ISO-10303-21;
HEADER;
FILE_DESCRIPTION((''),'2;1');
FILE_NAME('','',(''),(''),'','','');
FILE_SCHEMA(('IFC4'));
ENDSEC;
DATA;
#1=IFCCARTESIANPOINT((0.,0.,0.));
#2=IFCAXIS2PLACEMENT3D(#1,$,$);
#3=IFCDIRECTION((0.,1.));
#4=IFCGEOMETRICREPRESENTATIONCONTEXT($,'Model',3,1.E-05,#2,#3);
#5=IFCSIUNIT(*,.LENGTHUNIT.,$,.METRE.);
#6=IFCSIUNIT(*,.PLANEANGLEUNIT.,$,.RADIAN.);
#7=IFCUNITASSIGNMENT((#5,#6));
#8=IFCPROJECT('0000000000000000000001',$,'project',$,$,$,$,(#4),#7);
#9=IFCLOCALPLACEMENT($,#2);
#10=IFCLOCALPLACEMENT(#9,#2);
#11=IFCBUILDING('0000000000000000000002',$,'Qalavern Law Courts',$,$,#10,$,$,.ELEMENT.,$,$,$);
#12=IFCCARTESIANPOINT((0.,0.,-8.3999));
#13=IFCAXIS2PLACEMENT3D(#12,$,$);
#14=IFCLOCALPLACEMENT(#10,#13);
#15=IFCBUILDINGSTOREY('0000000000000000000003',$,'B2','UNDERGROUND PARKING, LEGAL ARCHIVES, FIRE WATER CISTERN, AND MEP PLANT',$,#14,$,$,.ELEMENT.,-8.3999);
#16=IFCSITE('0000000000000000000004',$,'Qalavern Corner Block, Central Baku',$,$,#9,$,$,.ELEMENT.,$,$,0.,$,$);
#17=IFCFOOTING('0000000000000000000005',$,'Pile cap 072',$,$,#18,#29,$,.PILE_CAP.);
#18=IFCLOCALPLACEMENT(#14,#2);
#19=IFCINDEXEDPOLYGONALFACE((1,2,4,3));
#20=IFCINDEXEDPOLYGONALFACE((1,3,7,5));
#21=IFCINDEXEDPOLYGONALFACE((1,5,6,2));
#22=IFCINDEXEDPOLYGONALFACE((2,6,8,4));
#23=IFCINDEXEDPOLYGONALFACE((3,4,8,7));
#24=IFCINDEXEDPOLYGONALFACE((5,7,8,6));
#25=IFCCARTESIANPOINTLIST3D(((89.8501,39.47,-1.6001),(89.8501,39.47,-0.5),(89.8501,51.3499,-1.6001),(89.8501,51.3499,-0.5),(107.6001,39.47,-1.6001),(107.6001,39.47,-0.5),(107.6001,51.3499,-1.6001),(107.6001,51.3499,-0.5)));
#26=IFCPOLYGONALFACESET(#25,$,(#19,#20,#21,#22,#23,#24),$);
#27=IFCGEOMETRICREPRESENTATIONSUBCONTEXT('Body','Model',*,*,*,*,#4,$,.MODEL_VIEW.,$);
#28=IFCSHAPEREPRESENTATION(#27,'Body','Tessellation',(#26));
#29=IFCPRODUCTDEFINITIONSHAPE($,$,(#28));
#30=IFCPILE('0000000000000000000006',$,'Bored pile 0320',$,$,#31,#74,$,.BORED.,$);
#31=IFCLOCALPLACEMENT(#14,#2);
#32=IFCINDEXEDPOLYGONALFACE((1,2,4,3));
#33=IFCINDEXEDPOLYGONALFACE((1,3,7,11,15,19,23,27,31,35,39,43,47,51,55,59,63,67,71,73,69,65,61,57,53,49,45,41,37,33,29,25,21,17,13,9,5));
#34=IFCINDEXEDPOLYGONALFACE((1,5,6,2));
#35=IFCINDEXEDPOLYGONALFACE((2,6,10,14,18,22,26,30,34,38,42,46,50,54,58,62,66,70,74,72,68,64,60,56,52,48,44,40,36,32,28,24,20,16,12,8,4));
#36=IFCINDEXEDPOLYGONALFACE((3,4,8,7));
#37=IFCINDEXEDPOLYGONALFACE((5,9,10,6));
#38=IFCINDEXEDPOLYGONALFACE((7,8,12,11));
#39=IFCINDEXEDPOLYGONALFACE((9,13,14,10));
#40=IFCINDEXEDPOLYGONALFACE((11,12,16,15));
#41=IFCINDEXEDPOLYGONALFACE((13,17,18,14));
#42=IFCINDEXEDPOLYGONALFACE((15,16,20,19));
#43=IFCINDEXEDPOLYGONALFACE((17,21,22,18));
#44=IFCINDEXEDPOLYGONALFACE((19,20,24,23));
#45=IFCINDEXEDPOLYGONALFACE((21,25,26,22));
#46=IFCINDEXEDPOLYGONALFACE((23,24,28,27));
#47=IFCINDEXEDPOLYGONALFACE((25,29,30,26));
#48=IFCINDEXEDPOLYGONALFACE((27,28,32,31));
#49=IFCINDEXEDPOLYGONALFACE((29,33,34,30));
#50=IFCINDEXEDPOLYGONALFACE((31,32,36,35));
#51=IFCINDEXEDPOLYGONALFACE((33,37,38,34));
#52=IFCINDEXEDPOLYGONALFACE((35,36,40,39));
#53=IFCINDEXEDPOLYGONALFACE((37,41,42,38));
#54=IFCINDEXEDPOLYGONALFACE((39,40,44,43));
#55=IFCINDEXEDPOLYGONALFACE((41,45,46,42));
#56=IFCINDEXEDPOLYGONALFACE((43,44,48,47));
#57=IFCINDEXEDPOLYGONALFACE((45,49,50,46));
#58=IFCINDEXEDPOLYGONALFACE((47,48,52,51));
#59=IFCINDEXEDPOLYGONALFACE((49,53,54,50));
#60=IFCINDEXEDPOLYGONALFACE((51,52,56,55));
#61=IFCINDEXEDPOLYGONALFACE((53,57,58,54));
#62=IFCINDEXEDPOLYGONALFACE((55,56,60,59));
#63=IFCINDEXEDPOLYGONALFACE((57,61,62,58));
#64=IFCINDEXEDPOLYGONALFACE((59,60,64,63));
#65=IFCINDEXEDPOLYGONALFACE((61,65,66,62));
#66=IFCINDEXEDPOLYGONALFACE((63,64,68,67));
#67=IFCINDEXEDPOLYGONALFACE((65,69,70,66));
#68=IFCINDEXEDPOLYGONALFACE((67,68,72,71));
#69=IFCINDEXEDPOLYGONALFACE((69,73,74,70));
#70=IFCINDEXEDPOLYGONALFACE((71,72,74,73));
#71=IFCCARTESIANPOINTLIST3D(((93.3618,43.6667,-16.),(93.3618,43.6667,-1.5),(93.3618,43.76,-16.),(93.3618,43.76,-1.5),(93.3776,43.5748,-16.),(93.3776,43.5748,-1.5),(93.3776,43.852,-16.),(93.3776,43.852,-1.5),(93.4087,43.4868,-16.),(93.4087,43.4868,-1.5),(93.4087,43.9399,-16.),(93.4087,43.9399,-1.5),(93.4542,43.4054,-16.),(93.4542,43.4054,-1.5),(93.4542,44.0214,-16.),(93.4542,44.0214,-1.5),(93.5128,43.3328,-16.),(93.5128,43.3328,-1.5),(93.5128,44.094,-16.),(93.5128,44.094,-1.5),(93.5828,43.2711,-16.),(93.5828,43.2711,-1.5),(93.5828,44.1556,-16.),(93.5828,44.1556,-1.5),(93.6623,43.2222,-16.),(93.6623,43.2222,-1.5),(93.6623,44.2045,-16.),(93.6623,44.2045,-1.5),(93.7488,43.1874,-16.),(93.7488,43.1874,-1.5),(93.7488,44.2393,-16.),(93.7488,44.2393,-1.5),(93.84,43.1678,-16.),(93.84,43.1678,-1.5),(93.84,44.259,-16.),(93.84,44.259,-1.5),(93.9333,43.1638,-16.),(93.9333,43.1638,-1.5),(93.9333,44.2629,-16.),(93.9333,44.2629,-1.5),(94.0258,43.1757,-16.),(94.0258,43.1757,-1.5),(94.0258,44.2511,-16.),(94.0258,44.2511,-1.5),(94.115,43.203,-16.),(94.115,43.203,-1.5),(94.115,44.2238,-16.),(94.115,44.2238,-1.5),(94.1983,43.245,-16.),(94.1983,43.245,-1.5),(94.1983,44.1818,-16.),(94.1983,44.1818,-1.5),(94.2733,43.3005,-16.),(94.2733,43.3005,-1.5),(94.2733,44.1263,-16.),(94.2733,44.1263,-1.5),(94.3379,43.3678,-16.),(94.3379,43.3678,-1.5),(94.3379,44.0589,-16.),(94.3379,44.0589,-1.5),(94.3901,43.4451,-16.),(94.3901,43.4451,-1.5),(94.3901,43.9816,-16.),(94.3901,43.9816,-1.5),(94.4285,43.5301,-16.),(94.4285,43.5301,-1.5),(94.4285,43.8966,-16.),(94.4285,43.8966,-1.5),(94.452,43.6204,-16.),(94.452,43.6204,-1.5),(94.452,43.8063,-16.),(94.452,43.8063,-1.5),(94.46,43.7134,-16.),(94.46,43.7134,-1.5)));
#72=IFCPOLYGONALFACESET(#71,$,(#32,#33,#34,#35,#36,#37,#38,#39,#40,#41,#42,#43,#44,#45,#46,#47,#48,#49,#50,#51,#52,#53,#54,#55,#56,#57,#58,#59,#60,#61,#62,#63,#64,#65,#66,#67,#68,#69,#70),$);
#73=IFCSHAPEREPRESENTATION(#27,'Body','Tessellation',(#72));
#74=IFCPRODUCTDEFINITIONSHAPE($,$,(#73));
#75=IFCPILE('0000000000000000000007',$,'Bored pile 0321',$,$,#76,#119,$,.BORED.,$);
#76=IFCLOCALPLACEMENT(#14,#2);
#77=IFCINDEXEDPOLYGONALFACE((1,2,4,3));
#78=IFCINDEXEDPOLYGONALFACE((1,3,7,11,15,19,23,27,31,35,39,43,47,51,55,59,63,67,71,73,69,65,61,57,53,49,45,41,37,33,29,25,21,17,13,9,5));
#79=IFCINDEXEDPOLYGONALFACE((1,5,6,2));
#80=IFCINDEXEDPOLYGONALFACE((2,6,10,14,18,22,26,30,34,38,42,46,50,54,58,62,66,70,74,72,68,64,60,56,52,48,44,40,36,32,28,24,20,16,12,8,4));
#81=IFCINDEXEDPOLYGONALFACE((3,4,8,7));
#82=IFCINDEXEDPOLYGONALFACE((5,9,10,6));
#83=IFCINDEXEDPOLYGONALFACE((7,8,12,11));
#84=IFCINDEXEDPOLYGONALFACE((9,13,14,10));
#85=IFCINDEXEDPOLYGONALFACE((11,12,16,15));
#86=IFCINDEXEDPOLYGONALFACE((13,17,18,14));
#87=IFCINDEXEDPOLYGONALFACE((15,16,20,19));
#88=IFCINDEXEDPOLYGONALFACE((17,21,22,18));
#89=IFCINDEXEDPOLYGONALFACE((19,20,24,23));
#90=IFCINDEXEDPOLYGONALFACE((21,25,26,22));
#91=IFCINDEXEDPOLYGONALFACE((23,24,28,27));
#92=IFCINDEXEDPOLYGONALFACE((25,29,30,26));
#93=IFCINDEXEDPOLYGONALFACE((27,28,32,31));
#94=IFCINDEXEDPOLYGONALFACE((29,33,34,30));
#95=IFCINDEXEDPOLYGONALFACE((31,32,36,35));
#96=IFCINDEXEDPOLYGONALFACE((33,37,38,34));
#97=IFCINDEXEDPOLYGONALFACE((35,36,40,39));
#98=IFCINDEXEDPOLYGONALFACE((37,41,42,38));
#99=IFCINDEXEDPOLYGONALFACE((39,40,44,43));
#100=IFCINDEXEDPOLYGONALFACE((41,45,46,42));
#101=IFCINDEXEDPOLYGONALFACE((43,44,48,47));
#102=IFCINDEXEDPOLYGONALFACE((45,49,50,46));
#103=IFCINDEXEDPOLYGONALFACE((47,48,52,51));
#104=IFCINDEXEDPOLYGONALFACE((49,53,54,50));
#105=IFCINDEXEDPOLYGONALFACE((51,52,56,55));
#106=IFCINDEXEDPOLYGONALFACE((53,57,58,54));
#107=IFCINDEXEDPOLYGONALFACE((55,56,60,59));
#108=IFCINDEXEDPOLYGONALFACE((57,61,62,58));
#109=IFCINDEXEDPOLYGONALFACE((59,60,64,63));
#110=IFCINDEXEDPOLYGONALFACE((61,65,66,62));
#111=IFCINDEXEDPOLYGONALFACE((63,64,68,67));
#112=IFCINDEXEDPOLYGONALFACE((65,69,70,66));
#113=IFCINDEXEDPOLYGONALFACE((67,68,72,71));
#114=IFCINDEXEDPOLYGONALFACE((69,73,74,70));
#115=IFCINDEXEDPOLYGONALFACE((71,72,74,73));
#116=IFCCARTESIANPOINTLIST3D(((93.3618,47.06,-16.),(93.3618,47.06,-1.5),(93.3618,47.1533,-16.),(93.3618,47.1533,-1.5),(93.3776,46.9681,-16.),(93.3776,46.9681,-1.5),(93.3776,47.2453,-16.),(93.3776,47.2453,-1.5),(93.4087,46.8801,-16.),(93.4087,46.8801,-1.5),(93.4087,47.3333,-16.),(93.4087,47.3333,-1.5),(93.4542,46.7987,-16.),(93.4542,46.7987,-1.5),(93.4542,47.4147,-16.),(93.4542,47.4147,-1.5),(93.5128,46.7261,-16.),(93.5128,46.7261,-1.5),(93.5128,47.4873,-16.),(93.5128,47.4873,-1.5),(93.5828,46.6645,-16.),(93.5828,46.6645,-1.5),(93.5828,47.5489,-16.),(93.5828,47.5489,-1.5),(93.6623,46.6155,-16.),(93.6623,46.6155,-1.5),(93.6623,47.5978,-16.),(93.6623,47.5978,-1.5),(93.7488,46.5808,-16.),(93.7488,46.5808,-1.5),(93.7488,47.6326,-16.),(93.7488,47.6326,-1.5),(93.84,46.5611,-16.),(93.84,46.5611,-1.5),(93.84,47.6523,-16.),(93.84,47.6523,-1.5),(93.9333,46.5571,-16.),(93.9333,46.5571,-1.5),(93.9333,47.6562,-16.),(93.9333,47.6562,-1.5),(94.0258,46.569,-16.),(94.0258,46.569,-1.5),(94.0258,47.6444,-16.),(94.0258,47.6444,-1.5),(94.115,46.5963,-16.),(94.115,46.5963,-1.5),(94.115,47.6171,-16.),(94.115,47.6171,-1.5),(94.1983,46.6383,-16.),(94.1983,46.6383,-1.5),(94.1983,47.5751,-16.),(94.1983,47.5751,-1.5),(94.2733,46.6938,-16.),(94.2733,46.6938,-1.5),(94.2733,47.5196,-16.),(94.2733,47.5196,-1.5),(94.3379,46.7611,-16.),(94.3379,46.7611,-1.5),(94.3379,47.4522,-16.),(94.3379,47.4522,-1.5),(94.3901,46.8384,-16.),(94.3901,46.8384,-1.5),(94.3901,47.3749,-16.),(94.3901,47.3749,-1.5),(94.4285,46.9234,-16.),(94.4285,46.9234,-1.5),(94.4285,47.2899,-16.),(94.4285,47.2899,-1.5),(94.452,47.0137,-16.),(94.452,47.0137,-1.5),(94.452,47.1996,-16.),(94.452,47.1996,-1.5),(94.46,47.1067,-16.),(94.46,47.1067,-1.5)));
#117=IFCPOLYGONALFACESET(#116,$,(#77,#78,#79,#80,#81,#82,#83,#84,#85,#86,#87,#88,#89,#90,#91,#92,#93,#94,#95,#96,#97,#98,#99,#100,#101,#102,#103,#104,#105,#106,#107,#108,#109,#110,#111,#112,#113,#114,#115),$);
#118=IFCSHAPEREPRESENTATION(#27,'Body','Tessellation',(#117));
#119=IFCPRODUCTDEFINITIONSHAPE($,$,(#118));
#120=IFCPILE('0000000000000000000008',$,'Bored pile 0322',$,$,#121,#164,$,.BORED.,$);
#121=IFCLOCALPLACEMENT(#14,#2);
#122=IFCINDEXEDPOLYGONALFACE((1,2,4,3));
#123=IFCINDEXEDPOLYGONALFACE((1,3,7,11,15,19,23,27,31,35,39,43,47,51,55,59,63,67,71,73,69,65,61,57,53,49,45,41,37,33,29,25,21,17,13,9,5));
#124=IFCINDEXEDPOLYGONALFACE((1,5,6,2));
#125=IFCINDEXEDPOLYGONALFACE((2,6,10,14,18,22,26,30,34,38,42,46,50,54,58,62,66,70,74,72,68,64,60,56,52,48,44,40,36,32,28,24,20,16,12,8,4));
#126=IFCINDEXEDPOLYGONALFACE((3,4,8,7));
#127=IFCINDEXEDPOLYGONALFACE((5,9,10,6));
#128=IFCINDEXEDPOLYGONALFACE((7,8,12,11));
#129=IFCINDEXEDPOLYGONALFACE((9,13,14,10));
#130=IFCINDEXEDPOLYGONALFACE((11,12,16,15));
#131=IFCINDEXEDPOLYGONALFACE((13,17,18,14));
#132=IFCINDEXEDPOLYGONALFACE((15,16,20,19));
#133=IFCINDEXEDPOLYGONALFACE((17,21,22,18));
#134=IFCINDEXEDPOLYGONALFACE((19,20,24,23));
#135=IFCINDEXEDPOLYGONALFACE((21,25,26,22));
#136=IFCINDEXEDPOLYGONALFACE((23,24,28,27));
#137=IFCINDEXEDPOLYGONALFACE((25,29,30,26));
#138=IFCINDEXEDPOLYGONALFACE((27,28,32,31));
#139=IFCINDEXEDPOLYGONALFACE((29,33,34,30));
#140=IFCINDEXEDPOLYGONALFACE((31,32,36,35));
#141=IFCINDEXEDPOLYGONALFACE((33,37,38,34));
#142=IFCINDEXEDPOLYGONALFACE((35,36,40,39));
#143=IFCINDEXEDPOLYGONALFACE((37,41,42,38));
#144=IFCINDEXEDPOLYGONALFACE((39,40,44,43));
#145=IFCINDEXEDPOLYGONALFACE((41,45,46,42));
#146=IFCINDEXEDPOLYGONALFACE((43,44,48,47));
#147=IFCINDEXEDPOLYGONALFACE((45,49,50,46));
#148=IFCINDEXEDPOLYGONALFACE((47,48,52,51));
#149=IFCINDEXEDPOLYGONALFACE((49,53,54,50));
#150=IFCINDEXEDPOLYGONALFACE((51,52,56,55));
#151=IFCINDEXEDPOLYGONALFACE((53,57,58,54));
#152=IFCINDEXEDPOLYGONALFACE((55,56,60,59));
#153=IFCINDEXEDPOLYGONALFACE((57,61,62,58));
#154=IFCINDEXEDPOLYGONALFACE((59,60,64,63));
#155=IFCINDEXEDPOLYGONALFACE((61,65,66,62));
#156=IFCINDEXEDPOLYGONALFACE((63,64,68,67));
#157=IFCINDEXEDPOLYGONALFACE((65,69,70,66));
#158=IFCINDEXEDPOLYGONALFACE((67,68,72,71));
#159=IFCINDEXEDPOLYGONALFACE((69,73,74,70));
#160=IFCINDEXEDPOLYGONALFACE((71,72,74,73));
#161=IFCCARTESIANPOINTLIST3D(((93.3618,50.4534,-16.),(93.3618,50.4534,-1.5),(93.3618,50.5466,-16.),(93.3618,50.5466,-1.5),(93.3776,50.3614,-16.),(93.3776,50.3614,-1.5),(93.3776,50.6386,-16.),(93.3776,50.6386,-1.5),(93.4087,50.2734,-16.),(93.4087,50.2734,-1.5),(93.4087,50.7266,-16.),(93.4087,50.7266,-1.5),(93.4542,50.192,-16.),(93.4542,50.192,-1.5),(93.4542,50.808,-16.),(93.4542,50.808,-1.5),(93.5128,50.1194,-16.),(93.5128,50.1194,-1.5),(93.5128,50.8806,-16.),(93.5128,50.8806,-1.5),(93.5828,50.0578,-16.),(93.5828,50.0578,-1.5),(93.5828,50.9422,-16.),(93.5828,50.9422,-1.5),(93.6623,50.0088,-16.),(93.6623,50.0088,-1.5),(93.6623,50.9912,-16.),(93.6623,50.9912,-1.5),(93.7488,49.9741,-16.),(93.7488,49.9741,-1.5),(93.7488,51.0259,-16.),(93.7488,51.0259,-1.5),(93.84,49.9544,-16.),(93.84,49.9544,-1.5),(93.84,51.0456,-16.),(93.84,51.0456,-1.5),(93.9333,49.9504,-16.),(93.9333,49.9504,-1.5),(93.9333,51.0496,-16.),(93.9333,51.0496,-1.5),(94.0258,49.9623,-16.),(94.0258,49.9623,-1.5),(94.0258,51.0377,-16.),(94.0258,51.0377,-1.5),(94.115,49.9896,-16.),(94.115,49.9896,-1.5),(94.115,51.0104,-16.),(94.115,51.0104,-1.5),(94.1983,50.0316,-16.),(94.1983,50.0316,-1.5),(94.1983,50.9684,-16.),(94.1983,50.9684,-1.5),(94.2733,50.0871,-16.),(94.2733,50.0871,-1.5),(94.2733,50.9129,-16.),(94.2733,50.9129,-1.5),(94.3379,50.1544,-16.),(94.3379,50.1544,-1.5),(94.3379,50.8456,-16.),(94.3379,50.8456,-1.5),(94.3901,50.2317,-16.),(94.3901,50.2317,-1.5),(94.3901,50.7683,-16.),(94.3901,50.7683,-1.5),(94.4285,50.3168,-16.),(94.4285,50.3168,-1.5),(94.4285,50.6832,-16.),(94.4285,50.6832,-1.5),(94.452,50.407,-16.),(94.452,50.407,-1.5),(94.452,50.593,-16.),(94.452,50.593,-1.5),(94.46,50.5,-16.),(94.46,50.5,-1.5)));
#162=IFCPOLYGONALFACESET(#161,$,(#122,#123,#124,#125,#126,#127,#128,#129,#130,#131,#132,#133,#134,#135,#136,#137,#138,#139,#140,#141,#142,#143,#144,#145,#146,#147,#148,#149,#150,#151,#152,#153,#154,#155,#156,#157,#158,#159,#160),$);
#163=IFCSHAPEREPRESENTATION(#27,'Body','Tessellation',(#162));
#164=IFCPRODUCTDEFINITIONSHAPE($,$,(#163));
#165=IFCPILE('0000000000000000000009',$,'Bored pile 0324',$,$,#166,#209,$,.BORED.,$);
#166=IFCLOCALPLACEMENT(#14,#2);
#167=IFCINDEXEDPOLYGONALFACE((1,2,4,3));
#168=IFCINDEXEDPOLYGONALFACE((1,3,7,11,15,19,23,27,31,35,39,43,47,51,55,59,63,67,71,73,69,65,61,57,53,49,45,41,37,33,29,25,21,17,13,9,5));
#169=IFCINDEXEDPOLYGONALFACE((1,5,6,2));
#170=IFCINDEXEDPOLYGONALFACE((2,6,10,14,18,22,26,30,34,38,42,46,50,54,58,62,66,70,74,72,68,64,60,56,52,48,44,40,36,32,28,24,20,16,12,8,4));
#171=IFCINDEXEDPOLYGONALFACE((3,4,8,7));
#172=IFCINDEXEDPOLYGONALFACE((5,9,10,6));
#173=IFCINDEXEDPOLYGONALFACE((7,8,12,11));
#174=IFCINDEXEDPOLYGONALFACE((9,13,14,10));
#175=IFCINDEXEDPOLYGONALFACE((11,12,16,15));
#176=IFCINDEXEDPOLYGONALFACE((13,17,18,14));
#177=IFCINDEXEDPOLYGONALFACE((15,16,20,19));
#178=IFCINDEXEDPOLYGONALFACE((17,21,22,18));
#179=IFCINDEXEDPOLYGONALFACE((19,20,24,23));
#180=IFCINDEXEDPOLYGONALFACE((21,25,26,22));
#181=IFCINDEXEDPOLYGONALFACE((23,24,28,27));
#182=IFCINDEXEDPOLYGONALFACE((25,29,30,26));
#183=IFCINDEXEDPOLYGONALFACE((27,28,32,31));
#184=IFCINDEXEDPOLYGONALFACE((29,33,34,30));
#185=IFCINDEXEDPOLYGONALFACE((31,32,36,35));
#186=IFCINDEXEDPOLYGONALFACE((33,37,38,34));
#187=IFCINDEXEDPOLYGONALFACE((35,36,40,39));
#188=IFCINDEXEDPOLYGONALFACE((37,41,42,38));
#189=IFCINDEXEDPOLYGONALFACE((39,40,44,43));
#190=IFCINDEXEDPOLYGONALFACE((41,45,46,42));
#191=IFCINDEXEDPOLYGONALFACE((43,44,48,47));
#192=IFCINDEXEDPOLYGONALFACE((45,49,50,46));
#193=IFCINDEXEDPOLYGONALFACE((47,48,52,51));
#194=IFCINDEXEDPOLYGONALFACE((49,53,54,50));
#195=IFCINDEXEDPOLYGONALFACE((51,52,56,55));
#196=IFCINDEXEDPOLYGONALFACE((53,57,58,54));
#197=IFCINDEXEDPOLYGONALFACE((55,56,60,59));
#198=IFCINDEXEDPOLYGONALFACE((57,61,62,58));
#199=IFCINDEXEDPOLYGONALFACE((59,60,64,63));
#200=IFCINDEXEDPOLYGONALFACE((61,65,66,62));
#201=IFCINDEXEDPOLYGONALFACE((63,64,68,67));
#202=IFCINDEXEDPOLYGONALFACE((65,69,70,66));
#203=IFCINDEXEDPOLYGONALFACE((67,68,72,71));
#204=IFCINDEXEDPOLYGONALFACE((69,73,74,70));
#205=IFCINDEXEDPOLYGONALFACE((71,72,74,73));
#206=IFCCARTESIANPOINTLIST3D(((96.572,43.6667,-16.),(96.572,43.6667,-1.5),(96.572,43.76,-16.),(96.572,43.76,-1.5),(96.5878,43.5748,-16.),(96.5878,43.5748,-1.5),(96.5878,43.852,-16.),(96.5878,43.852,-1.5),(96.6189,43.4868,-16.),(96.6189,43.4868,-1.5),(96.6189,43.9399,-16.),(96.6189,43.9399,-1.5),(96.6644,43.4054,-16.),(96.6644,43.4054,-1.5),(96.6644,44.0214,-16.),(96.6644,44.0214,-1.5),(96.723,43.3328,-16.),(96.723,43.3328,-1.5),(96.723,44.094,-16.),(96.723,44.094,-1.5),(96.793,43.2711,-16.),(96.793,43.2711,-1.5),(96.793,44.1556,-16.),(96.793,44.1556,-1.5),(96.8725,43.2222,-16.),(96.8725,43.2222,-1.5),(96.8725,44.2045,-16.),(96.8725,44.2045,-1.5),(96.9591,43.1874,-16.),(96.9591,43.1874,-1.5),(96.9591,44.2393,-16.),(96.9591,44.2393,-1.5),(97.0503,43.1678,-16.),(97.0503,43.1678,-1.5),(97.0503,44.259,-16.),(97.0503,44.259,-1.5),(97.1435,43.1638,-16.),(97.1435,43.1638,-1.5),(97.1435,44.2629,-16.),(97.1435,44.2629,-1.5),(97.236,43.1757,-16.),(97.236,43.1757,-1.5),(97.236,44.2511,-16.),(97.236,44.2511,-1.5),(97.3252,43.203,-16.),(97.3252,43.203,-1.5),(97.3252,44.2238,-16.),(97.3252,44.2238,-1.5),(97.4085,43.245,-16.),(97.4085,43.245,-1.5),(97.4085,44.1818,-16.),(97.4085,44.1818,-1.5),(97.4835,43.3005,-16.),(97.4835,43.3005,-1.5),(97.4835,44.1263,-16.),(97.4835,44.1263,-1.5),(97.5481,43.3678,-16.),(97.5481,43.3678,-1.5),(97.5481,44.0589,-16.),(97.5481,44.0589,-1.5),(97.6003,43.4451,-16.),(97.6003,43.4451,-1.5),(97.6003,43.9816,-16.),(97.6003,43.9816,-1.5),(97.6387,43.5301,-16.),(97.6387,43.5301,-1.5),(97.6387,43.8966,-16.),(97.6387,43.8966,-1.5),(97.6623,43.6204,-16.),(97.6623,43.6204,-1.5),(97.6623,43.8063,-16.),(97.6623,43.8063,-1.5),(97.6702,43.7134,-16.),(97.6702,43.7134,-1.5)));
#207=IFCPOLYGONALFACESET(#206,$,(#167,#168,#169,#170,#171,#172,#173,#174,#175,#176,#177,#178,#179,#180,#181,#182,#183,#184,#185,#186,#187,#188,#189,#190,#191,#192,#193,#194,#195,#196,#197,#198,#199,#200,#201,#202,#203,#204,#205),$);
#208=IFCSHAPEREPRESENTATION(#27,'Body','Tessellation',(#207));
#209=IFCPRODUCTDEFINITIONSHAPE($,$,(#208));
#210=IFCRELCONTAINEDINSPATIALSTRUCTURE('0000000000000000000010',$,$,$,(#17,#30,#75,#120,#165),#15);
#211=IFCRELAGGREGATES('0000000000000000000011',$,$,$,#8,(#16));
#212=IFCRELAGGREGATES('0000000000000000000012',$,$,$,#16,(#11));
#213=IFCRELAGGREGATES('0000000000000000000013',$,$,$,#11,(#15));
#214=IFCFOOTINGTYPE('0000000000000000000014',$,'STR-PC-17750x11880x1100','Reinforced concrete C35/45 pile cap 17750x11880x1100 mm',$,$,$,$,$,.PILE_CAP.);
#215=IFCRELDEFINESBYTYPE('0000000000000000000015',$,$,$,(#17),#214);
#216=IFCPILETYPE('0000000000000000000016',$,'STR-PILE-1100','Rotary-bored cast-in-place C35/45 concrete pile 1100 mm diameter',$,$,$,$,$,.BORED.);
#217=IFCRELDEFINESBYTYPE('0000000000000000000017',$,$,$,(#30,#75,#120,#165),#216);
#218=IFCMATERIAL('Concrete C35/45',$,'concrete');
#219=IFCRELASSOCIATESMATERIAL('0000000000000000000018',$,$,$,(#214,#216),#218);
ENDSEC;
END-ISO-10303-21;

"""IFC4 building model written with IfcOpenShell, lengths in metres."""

from ifc_helpers import new_model, si_unit, direction, frame, origin, origin_2d, place, context, subcontext, project, spatial, rectangle, circle, extrude, material, material_profile, profile_set, type_object, element, save


model = new_model("IFC4")

# Units and contexts
model_context = context("Model", 3, precision=1e-05, world=origin(), true_north=direction((0.0, 1.0)))
body_context = subcontext(model_context, "Body", "Model", "MODEL_VIEW")
ifc_project = project(units=[si_unit("LENGTHUNIT", "METRE"), si_unit("PLANEANGLEUNIT", "RADIAN")], contexts=[model_context])

# Site, building, storey
site_placement = place(None, origin())
site = spatial("IfcSite", under=ifc_project, at=site_placement, Name="Qalavern Corner Block, Central Baku", CompositionType="ELEMENT", RefElevation=0.0)
building_placement = place(site_placement, origin())
building = spatial("IfcBuilding", under=site, at=building_placement, Name="Qalavern Law Courts", CompositionType="ELEMENT")
storey_placement = place(building_placement, frame((0.0, 0.0, -8.3999)))
storey = spatial("IfcBuildingStorey", under=building, at=storey_placement, Name="B2", Description="UNDERGROUND PARKING, LEGAL ARCHIVES, FIRE WATER CISTERN, AND MEP PLANT", CompositionType="ELEMENT", Elevation=-8.3999)

# Footing
ifc_material_1 = material(Name="Concrete C35/45", Category="concrete")
footing_type = type_object("IfcFootingType", Name="STR-PC-17750x11880x1100", Description="Reinforced concrete C35/45 pile cap 17750x11880x1100 mm", PredefinedType="PILE_CAP", material=ifc_material_1)
footing_placement = place(storey_placement, frame((98.7251, 45.4099, -1.6001), z_axis=(0.0, 0.0, 1.0), x_axis=(1.0, 0.0, 0.0)))
element("IfcFooting", 1, at=footing_placement, inside=storey, type_object=footing_type, Name="Pile cap 072", PredefinedType="PILE_CAP", context=body_context, shape_type="SweptSolid", body=[
    extrude(rectangle(XDim=17.75, YDim=11.8799, at=origin_2d()), origin(), (0.0, 0.0, 1.0), 1.1001),
])

# Piles
ifc_material_profile = material_profile(ifc_material_1, circle(Radius=0.55, at=origin_2d()), Name="BORED PILE 1100")
ifc_profile_set = profile_set([ifc_material_profile], Name="Concrete C35/45")
pile_type = type_object("IfcPileType", Name="STR-PILE-1100", Description="Rotary-bored cast-in-place C35/45 concrete pile 1100 mm diameter", PredefinedType="BORED", material=ifc_profile_set)
for number, where, z_axis, x_axis, name in (
    (2, (93.9099, 43.7134, -1.5), (0.0, 0.0, -1.0), (1.0, 0.0, 0.0), "Bored pile 0320"),
    (3, (93.9099, 47.1067, -1.5), (0.0, 0.0, -1.0), (1.0, 0.0, 0.0), "Bored pile 0321"),
    (4, (93.9099, 50.5, -1.5), (0.0, 0.0, -1.0), (1.0, 0.0, 0.0), "Bored pile 0322"),
    (5, (97.1201, 43.7134, -1.5), (0.0, 0.0, -1.0), (1.0, 0.0, 0.0), "Bored pile 0324"),
):
    element("IfcPile", number, at=place(storey_placement, frame(where, z_axis=z_axis, x_axis=x_axis)), inside=storey, type_object=pile_type, Name=name, PredefinedType="BORED", context=body_context, shape_type="SweptSolid", body=[
        extrude(circle(Radius=0.55, at=origin_2d()), origin(), (0.0, 0.0, 1.0), 14.5),
    ])

save(model, "model.ifc")
